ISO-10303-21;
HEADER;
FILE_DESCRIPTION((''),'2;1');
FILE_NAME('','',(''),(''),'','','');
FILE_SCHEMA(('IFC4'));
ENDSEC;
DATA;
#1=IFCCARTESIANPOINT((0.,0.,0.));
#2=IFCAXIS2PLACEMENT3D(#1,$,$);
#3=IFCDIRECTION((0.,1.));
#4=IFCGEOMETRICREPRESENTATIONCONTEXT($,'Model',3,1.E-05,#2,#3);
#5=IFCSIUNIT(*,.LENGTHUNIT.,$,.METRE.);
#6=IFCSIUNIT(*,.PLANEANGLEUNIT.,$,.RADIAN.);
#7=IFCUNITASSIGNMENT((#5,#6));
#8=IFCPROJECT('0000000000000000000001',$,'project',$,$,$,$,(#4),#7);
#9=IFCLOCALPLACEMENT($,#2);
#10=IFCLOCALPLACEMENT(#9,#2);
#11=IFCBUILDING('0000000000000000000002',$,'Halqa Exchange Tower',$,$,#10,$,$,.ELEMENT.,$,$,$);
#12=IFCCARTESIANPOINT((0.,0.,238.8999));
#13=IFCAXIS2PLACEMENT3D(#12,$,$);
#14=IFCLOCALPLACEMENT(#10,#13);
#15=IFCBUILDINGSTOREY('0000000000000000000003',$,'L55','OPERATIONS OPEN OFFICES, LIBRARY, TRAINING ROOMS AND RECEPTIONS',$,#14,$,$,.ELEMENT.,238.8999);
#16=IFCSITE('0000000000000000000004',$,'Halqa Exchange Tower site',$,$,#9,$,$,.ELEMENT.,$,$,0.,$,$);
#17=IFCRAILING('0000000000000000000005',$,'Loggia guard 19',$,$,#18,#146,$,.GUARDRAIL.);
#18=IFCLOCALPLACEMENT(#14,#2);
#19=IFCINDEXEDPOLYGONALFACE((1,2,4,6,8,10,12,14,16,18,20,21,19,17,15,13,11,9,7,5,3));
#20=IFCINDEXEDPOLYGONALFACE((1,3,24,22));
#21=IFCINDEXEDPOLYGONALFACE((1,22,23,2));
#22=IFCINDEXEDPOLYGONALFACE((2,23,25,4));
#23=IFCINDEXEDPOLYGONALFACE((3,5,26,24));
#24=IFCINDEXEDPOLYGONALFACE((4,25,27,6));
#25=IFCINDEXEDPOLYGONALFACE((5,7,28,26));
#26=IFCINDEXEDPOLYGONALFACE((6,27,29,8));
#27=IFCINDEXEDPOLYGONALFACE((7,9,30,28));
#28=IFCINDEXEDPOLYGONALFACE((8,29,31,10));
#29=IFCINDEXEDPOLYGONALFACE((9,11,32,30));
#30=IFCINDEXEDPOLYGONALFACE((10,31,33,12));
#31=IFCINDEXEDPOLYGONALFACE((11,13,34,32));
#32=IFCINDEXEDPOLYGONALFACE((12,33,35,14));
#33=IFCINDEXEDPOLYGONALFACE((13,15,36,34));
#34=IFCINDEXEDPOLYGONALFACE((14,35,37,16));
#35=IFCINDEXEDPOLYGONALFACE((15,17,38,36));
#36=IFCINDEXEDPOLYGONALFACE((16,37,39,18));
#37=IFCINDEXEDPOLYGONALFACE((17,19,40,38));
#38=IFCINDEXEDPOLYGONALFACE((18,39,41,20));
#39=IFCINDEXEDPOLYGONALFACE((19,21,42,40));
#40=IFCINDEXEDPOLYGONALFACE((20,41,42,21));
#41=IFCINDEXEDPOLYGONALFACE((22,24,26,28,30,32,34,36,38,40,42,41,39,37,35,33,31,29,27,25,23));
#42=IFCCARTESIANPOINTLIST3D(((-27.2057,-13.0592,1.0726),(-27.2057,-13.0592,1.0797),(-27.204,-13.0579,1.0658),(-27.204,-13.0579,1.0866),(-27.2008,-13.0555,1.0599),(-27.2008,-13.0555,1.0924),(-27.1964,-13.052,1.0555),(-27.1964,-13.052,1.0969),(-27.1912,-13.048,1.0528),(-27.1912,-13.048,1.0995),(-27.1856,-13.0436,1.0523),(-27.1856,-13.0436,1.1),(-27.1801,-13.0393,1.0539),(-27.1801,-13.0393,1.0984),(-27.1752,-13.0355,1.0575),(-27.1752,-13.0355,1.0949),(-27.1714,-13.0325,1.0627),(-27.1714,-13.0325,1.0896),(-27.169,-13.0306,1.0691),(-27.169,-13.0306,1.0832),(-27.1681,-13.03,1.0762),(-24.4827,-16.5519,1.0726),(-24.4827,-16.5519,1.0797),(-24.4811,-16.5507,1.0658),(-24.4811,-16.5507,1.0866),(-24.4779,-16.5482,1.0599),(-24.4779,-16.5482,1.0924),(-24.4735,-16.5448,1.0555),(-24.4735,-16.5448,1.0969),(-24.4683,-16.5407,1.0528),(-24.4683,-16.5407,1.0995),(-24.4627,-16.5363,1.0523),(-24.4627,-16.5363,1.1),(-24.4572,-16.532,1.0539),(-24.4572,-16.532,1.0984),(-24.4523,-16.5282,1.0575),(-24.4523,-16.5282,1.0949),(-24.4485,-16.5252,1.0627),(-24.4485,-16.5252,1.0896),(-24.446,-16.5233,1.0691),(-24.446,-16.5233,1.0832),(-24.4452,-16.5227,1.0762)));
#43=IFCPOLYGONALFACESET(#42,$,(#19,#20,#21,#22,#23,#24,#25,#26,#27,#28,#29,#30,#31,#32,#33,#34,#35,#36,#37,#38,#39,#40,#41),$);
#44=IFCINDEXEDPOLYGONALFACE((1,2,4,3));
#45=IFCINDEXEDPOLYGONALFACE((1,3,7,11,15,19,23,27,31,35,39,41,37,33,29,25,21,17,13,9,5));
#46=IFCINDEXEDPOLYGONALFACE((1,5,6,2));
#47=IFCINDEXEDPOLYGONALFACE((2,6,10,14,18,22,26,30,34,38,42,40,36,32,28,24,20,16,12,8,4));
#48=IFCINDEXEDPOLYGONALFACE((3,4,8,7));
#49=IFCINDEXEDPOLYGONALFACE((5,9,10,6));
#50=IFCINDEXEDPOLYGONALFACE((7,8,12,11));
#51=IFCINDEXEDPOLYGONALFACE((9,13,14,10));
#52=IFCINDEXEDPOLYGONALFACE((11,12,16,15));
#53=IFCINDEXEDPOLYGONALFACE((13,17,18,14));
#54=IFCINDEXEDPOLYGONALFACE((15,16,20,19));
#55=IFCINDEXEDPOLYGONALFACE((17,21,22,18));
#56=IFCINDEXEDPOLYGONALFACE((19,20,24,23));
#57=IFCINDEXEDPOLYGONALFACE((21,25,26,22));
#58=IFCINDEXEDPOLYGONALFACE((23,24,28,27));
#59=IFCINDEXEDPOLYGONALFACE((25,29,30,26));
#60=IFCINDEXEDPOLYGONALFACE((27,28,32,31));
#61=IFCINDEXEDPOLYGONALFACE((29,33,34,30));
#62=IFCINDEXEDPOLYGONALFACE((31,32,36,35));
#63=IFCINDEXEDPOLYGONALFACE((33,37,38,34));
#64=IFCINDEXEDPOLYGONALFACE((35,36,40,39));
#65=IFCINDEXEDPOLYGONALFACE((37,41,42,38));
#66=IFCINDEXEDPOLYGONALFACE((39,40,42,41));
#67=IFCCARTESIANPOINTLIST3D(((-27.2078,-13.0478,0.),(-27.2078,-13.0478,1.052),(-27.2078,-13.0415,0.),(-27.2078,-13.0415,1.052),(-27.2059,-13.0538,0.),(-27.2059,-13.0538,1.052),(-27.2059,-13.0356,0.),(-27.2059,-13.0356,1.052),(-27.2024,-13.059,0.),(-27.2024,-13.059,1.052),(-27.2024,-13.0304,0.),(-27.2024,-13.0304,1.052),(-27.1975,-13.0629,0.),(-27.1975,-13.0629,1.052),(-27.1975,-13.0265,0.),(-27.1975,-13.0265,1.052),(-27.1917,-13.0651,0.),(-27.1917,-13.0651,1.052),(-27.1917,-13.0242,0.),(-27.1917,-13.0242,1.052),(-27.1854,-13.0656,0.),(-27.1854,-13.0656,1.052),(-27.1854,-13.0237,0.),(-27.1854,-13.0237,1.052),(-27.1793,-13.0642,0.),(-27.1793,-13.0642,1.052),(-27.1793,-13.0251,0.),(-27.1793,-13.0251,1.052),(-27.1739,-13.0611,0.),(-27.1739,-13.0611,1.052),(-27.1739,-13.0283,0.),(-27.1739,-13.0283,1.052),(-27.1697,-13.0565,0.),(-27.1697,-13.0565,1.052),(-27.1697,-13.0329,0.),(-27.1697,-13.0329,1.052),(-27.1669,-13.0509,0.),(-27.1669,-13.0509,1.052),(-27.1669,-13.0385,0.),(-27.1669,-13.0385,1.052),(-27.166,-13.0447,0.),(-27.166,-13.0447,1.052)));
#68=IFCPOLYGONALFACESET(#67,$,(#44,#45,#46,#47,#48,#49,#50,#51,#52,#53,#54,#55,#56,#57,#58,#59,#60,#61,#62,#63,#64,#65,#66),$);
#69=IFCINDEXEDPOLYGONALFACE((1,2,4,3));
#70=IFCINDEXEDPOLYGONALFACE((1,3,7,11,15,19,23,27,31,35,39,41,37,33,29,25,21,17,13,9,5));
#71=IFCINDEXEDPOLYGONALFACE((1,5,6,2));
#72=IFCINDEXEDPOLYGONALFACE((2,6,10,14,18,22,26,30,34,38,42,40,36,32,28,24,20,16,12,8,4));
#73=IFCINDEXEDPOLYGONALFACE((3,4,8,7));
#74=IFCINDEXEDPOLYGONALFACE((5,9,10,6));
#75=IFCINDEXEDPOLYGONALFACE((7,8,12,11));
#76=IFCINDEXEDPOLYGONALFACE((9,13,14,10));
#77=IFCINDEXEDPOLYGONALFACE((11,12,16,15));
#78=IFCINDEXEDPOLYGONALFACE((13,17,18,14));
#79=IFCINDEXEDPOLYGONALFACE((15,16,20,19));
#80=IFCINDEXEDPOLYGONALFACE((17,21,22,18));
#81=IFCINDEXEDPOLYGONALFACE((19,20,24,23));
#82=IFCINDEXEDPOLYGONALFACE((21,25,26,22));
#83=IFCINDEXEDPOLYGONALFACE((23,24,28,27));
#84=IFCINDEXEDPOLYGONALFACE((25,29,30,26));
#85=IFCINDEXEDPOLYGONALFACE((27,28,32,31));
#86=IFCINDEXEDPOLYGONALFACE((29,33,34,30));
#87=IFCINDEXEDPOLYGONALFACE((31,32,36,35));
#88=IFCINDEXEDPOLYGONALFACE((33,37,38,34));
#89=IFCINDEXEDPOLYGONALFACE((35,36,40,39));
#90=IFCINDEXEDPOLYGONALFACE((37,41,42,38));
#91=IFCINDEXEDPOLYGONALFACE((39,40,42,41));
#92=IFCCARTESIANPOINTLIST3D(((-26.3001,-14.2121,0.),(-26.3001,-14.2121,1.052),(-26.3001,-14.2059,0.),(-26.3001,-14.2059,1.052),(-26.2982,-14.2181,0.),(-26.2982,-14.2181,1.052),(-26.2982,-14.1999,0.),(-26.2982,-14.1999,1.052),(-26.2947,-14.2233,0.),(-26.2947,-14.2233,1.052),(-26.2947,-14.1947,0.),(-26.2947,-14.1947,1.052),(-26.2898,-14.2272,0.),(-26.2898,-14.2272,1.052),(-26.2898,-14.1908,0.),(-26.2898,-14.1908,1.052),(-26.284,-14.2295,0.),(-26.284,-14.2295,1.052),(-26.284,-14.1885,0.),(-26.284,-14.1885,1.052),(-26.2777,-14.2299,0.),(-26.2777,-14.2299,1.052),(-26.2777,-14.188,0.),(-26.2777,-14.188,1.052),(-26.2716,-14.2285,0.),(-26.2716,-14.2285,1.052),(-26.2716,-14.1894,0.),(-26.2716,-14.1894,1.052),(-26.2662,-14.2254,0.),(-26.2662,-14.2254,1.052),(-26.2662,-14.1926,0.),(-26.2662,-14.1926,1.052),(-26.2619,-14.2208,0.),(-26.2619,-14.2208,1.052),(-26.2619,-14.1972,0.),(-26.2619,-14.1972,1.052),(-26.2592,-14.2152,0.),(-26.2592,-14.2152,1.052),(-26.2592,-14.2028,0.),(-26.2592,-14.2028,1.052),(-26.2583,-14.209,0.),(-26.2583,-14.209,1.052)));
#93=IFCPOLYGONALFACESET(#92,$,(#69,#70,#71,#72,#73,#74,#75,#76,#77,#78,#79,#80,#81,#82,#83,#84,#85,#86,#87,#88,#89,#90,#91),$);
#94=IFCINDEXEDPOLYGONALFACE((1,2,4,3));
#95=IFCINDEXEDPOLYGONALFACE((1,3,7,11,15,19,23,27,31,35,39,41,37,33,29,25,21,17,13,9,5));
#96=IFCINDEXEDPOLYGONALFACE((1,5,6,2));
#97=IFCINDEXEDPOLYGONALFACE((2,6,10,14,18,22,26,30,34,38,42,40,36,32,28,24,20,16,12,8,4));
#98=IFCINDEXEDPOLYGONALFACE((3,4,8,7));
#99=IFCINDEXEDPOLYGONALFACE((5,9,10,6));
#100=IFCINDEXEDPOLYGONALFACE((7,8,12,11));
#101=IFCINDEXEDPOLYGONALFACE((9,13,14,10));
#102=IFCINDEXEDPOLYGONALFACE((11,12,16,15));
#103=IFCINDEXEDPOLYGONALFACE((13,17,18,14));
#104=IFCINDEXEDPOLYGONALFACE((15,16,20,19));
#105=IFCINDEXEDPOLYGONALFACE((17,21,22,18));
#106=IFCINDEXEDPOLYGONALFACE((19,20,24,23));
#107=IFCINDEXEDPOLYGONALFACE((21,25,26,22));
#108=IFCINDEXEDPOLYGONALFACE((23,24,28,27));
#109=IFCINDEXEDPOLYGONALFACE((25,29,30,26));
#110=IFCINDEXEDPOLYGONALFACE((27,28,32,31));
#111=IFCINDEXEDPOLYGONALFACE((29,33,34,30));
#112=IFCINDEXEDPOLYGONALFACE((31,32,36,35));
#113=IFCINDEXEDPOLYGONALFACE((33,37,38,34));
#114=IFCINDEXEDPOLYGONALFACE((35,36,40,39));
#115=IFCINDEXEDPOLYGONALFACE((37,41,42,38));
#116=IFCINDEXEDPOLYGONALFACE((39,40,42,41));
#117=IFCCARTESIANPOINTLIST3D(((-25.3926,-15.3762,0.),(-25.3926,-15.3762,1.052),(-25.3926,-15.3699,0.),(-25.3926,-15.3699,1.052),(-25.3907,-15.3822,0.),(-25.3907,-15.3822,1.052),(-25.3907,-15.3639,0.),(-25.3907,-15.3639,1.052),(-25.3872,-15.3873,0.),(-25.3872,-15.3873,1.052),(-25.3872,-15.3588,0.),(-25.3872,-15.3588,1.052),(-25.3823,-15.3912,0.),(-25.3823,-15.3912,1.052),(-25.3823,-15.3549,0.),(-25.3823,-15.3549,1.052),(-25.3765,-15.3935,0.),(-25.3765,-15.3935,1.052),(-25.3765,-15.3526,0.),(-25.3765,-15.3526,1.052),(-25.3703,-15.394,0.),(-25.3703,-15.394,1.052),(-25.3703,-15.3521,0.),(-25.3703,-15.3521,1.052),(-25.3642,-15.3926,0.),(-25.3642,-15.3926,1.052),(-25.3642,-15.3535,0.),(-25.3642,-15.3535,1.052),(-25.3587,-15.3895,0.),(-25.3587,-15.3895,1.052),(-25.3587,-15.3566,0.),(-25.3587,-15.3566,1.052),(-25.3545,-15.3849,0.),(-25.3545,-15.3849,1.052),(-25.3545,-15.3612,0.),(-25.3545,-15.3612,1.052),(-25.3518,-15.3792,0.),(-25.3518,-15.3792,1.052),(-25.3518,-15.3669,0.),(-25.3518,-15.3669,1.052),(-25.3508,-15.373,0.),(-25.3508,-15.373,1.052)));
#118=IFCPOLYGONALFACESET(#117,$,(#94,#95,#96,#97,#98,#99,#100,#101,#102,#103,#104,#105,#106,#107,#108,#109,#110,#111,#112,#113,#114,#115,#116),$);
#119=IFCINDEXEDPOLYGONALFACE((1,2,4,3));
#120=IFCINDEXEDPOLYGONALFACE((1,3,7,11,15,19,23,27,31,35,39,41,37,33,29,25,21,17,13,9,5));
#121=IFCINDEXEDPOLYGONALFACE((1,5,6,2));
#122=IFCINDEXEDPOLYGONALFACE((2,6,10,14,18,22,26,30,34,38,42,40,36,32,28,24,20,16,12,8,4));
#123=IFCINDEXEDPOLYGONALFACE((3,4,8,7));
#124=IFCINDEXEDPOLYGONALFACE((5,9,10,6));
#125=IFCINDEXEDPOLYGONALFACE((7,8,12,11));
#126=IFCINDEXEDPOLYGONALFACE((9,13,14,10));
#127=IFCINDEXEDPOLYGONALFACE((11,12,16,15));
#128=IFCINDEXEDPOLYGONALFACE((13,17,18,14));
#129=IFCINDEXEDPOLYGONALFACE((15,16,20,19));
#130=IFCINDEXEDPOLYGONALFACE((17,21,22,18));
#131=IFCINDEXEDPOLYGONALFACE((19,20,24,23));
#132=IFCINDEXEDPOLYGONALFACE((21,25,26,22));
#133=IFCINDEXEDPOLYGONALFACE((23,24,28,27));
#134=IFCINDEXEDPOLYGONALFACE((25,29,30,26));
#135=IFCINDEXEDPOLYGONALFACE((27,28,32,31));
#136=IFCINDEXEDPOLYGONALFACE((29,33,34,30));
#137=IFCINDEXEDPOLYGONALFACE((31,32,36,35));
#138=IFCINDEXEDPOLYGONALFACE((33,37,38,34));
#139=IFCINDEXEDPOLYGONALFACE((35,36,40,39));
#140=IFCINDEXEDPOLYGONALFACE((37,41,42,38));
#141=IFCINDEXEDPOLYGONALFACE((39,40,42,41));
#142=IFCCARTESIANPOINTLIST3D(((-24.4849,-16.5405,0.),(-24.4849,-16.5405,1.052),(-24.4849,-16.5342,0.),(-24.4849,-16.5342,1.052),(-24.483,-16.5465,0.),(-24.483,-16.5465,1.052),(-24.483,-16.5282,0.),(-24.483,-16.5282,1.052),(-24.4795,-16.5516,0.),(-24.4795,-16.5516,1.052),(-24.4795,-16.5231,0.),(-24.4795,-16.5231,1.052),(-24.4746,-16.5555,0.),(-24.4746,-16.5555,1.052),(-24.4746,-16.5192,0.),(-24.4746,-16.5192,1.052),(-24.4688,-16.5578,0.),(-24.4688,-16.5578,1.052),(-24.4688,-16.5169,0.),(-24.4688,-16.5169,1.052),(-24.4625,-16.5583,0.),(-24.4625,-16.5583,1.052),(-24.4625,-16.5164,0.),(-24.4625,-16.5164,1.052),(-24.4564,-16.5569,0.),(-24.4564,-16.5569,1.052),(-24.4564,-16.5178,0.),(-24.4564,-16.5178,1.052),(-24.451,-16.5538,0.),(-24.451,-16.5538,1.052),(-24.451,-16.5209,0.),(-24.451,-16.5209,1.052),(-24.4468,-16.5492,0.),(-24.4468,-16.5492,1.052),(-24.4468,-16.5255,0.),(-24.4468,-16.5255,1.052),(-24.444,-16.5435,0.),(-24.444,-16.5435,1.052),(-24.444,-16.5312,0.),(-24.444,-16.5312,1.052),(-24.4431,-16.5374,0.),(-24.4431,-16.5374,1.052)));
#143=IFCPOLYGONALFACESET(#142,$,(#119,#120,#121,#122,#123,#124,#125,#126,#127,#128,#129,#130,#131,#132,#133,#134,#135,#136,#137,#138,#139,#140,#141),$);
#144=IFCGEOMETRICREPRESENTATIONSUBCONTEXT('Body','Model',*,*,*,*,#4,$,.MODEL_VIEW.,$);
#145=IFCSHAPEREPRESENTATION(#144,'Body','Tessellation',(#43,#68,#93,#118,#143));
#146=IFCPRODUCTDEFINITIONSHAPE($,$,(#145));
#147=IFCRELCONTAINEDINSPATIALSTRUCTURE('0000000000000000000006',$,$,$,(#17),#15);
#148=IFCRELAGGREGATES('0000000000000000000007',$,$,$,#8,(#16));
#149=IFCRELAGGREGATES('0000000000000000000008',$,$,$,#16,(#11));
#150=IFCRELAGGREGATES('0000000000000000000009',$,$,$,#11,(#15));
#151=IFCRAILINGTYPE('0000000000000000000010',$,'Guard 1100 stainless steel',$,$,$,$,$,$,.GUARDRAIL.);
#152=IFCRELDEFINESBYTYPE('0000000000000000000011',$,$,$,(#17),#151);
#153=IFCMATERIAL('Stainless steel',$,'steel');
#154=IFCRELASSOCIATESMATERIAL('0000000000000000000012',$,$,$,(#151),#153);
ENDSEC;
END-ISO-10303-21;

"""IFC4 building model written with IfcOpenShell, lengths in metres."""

from ifc_helpers import new_model, si_unit, direction, frame, origin, origin_2d, place, context, subcontext, project, spatial, circle, extrude, material, type_object, element, save


model = new_model("IFC4")

# Units and contexts
model_context = context("Model", 3, precision=1e-05, world=origin(), true_north=direction((0.0, 1.0)))
body_context = subcontext(model_context, "Body", "Model", "MODEL_VIEW")
ifc_project = project(units=[si_unit("LENGTHUNIT", "METRE"), si_unit("PLANEANGLEUNIT", "RADIAN")], contexts=[model_context])

# Site, building, storey
site_placement = place(None, origin())
site = spatial("IfcSite", under=ifc_project, at=site_placement, Name="Halqa Exchange Tower site", CompositionType="ELEMENT", RefElevation=0.0)
building_placement = place(site_placement, origin())
building = spatial("IfcBuilding", under=site, at=building_placement, Name="Halqa Exchange Tower", CompositionType="ELEMENT")
storey_placement = place(building_placement, frame((0.0, 0.0, 238.8999)))
storey = spatial("IfcBuildingStorey", under=building, at=storey_placement, Name="L55", Description="OPERATIONS OPEN OFFICES, LIBRARY, TRAINING ROOMS AND RECEPTIONS", CompositionType="ELEMENT", Elevation=238.8999)

# Railing
ifc_material_1 = material(Name="Stainless steel", Category="steel")
railing_type = type_object("IfcRailingType", Name="Guard 1100 stainless steel", PredefinedType="GUARDRAIL", material=ifc_material_1)
railing_1_placement = place(storey_placement, frame((-27.187, -13.0447, 0.0)))
element("IfcRailing", 1, at=railing_1_placement, inside=storey, type_object=railing_type, Name="Loggia guard 19", PredefinedType="GUARDRAIL", context=body_context, shape_type="SweptSolid", body=[
    extrude(circle(Radius=0.0239, at=origin_2d()), frame((0.0, 0.0, 1.0762), z_axis=(0.614837, -0.788654, 0.0), x_axis=(0.788654, 0.614837, 0.0)), (0.0, 0.0, 1.0), 4.4287),
    extrude(circle(Radius=0.021, at=origin_2d()), origin(), (0.0, 0.0, 1.0), 1.052),
    extrude(circle(Radius=0.021, at=origin_2d()), frame((0.9077, -1.1643, 0.0)), (0.0, 0.0, 1.0), 1.052),
    extrude(circle(Radius=0.021, at=origin_2d()), frame((1.8152, -2.3284, 0.0)), (0.0, 0.0, 1.0), 1.052),
    extrude(circle(Radius=0.021, at=origin_2d()), frame((2.7229, -3.4927, 0.0)), (0.0, 0.0, 1.0), 1.052),
])

save(model, "model.ifc")
